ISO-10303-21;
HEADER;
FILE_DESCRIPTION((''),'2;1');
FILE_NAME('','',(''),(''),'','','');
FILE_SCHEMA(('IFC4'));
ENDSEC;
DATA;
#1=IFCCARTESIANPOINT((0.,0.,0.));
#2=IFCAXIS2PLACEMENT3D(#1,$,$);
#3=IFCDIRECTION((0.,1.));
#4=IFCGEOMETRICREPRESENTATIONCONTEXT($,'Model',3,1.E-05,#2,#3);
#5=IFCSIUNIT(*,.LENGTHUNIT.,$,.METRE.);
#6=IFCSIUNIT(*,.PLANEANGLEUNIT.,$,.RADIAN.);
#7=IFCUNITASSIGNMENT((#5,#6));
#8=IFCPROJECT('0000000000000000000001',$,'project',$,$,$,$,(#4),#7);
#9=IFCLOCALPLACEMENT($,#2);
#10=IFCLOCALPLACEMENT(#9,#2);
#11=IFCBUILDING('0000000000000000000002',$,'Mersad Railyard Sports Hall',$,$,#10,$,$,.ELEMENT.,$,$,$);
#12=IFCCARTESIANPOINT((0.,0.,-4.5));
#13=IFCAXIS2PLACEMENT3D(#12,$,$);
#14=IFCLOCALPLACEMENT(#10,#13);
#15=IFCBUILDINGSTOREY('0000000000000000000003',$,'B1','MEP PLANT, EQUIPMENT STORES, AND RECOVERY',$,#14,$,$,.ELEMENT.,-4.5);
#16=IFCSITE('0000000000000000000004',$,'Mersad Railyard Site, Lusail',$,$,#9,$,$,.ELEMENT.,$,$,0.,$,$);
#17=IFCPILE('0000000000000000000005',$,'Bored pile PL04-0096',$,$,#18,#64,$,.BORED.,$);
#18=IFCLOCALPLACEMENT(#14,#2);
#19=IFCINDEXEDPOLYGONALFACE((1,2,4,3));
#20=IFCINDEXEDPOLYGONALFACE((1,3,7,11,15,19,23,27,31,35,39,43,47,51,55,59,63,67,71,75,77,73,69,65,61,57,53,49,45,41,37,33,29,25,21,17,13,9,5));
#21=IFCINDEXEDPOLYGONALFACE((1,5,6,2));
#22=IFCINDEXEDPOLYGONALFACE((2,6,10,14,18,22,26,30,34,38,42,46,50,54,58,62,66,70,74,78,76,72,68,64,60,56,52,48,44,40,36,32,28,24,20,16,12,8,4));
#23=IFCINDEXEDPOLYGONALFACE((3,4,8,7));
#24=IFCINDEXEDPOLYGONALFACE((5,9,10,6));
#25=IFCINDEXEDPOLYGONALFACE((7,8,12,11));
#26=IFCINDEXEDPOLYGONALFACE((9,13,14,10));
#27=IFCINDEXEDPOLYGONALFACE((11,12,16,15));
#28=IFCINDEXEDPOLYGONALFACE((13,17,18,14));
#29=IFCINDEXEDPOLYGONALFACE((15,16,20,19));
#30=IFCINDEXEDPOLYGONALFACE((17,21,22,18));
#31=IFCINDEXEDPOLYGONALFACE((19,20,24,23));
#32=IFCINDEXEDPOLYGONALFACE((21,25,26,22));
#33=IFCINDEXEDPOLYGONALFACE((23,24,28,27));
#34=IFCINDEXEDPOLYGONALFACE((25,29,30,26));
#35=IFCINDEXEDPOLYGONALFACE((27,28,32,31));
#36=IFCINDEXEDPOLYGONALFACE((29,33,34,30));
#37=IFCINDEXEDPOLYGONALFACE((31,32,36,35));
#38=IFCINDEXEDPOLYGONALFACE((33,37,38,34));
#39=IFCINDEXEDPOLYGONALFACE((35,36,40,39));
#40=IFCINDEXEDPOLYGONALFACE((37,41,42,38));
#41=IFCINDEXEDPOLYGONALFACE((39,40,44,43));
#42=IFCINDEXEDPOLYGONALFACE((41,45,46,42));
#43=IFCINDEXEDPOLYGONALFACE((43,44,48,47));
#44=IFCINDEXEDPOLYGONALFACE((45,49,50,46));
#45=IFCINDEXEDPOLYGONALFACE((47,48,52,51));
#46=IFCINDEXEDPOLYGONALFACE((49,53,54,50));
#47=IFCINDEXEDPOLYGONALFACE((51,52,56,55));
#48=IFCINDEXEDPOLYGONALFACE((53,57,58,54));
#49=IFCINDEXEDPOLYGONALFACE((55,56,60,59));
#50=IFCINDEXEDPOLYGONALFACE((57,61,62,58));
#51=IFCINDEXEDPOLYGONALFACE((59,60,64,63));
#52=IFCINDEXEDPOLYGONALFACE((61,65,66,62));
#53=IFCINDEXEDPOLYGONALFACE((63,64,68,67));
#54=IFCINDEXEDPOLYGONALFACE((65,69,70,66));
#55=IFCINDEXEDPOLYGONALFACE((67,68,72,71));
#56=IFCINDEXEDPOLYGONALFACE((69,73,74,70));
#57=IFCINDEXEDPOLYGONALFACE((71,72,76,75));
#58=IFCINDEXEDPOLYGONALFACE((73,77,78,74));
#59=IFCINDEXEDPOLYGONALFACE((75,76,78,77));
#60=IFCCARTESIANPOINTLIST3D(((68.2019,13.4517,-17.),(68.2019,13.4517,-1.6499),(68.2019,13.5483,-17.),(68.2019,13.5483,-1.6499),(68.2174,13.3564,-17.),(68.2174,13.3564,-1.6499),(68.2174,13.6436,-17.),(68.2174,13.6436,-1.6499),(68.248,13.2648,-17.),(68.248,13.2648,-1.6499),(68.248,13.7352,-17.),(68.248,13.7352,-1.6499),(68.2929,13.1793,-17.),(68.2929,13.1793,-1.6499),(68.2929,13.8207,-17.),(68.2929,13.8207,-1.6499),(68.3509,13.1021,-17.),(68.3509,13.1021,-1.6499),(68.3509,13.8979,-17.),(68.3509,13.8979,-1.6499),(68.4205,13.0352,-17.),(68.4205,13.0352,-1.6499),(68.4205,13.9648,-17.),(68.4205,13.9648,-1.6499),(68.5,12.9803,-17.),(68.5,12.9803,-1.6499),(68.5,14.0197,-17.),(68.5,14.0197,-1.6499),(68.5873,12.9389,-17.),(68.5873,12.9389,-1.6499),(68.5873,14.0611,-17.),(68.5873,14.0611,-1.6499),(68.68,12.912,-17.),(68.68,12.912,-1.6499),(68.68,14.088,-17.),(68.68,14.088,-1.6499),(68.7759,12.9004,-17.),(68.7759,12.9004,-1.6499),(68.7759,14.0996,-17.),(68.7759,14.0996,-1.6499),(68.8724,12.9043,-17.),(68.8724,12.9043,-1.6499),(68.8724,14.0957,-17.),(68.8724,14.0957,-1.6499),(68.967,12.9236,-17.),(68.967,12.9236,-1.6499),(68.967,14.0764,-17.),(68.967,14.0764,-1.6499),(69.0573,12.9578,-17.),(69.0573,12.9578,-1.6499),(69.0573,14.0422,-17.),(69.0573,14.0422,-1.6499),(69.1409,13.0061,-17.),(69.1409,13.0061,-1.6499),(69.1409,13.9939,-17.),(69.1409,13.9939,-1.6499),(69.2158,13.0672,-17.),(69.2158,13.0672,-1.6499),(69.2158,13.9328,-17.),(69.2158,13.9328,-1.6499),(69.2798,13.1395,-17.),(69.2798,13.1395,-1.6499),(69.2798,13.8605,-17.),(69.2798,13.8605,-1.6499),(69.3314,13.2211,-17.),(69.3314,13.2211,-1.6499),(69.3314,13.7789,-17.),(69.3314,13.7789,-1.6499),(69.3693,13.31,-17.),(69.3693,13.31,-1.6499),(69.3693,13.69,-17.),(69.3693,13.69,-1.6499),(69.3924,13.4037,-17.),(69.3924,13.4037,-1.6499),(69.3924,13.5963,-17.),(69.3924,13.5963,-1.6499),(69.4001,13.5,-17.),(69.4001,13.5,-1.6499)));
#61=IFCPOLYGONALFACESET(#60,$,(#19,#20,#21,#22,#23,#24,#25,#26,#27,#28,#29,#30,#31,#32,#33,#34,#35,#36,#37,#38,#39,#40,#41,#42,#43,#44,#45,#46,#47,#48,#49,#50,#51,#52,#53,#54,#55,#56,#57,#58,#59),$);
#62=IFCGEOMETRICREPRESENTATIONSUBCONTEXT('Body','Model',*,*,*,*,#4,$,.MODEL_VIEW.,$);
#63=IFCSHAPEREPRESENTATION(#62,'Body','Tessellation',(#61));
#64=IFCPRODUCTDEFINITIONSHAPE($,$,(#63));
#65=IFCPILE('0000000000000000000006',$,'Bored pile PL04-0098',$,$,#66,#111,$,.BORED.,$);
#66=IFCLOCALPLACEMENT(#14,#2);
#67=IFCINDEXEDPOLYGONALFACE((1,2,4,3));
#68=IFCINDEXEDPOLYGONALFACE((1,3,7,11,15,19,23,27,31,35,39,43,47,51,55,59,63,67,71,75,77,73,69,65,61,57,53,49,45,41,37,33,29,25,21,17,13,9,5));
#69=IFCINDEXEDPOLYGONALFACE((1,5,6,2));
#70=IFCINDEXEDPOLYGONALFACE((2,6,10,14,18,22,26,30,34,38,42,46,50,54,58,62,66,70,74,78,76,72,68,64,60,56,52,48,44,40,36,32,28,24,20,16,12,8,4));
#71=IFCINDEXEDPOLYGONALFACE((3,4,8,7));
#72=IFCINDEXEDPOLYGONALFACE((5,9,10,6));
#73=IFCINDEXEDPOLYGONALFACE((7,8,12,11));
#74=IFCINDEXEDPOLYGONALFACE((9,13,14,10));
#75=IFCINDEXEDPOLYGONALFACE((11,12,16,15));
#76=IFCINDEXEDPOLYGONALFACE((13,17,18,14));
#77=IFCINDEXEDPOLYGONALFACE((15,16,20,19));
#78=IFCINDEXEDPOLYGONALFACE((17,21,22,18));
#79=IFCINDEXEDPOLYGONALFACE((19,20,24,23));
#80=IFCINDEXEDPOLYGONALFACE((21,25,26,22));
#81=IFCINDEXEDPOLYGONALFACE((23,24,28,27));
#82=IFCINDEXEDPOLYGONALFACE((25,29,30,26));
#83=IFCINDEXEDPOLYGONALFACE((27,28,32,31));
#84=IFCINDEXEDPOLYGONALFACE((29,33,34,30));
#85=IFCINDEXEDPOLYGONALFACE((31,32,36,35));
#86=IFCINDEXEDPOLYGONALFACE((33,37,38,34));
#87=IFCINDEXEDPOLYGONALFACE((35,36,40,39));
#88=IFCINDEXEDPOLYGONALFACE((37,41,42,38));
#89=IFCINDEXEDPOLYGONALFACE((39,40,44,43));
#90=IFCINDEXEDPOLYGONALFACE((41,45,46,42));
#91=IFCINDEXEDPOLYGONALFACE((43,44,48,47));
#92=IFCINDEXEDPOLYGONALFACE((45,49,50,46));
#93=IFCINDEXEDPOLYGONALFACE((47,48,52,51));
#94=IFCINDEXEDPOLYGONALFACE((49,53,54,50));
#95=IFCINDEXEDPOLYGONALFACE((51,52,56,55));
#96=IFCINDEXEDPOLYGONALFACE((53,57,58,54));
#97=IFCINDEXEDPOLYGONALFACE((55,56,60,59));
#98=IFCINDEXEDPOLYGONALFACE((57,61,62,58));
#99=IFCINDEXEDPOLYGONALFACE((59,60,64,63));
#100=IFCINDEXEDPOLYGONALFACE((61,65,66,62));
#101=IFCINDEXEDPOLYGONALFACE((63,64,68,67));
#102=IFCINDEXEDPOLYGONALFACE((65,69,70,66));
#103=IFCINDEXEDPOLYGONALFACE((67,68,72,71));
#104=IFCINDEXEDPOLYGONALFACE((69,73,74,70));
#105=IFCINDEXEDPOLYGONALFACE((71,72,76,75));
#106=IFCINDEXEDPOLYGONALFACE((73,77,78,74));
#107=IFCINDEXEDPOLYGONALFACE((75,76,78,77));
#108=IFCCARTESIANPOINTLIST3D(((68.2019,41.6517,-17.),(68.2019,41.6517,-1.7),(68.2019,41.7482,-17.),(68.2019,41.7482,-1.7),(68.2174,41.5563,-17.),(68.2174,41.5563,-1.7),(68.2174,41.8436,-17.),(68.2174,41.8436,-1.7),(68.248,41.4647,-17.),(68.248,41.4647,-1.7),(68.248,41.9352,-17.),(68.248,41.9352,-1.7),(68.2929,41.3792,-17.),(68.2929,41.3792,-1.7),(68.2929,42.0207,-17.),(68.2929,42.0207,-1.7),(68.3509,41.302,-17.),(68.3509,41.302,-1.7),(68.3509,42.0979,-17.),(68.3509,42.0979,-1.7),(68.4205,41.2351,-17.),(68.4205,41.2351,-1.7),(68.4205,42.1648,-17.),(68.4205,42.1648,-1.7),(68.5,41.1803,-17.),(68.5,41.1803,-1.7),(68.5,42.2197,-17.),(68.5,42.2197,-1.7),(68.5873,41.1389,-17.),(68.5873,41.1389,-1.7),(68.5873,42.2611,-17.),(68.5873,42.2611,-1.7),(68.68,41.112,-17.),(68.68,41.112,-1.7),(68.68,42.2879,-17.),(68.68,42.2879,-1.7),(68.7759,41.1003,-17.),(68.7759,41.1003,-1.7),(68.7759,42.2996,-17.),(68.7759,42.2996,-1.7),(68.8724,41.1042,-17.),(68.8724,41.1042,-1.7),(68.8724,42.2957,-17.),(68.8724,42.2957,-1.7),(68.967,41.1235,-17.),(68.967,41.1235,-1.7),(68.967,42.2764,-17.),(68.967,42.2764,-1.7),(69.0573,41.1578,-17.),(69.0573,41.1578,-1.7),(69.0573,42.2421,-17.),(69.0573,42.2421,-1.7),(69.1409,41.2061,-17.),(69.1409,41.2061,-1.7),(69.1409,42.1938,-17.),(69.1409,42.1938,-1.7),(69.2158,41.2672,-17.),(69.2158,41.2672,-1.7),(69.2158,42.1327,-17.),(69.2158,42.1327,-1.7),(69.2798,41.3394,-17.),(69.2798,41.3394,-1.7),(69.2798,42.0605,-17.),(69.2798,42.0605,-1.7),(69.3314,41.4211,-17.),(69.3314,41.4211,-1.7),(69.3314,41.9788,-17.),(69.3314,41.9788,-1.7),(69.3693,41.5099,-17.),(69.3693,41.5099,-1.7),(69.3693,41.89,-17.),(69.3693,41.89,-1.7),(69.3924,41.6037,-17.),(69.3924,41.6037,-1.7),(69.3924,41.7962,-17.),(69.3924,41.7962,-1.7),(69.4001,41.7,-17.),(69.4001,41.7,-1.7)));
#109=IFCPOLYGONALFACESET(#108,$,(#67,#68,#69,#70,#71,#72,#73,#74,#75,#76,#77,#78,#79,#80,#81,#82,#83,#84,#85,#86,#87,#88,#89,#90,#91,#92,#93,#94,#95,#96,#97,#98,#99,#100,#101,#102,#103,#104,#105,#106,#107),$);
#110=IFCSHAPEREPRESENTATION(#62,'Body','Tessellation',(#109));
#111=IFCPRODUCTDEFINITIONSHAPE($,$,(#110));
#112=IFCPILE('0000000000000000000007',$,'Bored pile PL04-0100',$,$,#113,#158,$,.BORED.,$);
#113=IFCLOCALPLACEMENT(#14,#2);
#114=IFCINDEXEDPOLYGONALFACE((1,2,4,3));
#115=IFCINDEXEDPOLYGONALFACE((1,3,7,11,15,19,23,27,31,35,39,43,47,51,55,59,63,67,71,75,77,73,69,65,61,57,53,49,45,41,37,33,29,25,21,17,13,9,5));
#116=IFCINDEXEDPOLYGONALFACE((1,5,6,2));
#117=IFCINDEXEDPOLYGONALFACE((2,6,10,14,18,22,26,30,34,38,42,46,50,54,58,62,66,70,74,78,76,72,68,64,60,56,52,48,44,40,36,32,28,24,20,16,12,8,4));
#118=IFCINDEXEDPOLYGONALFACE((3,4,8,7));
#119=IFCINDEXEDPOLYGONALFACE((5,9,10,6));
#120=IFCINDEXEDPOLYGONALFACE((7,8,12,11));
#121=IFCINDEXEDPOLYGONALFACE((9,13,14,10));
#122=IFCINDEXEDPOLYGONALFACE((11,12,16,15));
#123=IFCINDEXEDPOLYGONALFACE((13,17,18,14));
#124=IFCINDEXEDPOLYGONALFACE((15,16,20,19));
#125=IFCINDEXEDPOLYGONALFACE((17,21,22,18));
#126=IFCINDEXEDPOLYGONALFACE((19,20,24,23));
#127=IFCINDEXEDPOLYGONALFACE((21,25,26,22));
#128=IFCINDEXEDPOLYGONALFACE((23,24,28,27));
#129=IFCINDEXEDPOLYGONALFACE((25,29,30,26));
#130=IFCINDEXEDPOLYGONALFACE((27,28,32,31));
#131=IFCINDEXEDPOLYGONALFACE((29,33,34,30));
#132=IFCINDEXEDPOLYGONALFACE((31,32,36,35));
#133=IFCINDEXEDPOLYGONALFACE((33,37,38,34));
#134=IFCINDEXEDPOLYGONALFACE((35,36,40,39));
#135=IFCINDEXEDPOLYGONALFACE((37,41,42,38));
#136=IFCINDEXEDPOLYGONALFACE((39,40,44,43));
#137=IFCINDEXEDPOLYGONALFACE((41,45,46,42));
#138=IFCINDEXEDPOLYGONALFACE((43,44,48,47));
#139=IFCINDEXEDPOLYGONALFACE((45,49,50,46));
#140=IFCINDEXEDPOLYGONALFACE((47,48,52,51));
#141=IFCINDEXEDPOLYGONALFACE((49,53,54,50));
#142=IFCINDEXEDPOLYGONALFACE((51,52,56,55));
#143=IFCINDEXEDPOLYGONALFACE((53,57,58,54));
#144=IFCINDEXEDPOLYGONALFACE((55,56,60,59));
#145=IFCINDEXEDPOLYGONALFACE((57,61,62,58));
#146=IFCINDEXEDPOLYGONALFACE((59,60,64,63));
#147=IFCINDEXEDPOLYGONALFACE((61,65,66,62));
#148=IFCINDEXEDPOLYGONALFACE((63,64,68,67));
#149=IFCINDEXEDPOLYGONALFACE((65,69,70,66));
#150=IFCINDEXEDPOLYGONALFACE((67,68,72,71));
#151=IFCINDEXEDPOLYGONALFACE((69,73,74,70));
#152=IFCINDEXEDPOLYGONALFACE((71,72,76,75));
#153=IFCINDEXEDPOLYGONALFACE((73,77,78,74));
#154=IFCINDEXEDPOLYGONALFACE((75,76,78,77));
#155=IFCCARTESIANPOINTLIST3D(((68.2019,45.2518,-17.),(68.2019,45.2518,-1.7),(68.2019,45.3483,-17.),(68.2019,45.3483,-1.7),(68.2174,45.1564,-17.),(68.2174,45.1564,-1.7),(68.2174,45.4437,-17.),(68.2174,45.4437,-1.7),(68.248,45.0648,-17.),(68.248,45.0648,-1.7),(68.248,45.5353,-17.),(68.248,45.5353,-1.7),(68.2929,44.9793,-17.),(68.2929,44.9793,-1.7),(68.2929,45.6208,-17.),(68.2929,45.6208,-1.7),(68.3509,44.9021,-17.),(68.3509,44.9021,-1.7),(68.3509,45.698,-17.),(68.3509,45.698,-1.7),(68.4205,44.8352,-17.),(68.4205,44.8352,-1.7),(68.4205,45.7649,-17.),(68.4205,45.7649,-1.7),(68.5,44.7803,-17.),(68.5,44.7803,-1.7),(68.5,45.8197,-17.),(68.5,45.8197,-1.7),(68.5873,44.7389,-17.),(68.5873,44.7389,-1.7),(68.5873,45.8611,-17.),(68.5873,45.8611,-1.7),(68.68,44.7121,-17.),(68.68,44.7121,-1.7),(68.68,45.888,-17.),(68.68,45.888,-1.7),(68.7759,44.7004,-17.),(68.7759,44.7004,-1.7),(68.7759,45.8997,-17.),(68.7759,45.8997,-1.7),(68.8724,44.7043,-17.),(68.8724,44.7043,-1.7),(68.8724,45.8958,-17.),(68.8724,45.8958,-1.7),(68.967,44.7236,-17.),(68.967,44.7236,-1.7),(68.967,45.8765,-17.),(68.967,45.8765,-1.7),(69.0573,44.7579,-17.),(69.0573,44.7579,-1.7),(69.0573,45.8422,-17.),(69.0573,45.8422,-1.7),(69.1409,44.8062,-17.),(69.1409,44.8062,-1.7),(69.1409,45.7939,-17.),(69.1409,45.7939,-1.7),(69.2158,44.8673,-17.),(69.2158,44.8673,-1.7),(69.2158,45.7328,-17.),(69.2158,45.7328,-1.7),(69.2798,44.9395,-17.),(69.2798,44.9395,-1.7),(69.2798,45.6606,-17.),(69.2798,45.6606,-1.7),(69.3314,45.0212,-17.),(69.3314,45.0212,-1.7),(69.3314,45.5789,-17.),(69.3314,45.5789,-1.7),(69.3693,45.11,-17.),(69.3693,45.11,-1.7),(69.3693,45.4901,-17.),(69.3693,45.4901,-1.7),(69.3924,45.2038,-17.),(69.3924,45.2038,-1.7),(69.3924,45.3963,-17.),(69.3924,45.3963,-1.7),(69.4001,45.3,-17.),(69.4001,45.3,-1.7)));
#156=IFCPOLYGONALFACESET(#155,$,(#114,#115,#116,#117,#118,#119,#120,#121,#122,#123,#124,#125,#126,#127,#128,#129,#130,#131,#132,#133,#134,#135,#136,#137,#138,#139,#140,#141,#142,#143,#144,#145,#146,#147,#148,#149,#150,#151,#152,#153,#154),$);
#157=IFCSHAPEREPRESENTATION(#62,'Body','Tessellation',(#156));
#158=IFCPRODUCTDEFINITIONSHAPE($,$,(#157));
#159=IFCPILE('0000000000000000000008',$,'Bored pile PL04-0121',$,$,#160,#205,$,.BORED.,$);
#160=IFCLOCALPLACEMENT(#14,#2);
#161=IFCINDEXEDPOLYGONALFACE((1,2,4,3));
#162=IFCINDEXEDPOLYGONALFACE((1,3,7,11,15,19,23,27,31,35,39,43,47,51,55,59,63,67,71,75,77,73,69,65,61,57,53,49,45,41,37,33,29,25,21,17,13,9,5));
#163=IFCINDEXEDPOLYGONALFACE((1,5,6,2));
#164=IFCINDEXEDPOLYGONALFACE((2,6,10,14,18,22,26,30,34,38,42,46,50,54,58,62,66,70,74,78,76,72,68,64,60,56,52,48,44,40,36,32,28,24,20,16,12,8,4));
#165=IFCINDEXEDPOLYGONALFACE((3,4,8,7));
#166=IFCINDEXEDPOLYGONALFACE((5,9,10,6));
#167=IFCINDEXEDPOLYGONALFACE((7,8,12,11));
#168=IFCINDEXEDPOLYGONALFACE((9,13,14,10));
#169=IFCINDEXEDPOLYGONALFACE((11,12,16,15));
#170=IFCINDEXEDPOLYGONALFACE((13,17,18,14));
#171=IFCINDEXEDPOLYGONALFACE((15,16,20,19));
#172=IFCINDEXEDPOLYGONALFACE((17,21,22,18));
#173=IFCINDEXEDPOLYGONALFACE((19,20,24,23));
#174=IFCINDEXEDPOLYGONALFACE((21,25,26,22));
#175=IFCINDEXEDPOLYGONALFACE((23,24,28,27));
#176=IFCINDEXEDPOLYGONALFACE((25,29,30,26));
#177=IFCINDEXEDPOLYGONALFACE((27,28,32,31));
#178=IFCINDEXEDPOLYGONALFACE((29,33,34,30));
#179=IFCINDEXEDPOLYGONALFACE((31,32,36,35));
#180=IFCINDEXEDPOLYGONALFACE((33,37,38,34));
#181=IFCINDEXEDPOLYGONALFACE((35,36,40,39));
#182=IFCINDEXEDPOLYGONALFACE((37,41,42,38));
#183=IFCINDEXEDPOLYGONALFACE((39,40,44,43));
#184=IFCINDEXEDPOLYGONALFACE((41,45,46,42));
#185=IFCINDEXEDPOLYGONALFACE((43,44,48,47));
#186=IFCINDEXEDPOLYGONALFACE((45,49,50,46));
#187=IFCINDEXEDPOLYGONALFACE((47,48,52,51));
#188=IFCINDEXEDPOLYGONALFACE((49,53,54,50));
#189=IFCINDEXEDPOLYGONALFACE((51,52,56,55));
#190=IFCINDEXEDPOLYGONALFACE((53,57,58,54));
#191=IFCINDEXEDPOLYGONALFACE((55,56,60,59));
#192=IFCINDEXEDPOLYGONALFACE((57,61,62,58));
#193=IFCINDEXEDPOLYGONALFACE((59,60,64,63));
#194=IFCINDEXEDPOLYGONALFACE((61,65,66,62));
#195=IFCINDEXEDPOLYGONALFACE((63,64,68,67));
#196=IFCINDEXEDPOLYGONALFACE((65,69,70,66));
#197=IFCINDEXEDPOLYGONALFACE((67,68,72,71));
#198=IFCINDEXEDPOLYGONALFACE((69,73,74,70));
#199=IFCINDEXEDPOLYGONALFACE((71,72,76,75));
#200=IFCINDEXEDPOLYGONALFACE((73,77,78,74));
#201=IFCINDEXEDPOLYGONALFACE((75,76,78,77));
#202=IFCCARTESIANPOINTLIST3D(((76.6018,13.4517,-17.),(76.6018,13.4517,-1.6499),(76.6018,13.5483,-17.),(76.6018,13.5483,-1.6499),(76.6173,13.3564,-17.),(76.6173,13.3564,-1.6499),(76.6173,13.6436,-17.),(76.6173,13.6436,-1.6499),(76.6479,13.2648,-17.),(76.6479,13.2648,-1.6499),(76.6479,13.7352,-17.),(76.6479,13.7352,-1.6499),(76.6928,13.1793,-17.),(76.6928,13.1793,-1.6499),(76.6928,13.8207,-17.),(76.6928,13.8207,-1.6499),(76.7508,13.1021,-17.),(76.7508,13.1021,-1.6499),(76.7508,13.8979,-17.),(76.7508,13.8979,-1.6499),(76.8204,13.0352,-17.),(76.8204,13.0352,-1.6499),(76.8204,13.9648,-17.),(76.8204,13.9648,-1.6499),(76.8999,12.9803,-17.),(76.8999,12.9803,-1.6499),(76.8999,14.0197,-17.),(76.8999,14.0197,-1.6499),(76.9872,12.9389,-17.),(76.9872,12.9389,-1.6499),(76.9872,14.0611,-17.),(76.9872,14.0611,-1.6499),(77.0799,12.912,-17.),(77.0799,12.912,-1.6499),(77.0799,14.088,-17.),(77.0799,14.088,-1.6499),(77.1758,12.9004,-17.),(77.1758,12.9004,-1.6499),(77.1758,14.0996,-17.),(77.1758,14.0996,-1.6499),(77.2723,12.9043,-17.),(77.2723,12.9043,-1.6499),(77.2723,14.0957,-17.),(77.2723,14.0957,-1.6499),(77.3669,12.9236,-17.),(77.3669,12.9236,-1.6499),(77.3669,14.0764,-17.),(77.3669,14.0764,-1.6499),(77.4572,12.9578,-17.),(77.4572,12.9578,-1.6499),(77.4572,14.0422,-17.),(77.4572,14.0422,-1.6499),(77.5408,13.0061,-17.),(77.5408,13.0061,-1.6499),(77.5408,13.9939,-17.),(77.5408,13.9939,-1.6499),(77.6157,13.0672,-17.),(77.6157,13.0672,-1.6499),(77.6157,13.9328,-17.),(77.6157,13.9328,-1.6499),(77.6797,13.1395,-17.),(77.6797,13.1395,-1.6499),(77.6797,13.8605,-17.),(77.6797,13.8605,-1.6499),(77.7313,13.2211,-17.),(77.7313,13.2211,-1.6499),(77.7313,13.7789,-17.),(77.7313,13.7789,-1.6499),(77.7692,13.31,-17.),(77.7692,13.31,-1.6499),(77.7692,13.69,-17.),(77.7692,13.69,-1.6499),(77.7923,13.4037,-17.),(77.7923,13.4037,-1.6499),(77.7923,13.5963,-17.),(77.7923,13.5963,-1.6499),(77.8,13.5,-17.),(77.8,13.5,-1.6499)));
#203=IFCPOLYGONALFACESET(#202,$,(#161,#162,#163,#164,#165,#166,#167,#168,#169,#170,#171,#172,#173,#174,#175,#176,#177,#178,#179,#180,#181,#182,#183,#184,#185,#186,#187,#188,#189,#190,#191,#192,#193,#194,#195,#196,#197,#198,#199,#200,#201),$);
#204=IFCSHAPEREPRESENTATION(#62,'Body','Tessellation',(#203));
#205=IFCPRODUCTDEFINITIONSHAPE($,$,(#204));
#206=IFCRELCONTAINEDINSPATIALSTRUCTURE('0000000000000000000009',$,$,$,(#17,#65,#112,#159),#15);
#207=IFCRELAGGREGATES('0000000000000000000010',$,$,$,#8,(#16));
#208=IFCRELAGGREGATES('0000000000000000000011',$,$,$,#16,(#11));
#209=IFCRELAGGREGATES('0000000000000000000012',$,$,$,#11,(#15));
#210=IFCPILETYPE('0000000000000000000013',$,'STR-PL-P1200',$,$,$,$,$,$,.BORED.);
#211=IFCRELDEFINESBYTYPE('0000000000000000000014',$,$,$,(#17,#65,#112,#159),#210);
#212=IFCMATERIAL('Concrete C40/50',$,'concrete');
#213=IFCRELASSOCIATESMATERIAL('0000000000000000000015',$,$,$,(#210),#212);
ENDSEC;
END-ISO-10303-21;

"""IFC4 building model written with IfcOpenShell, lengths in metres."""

from ifc_helpers import new_model, si_unit, direction, frame, origin, origin_2d, place, context, subcontext, project, spatial, circle, extrude, material, material_profile, profile_set, type_object, element, save


model = new_model("IFC4")

# Units and contexts
model_context = context("Model", 3, precision=1e-05, world=origin(), true_north=direction((0.0, 1.0)))
body_context = subcontext(model_context, "Body", "Model", "MODEL_VIEW")
ifc_project = project(units=[si_unit("LENGTHUNIT", "METRE"), si_unit("PLANEANGLEUNIT", "RADIAN")], contexts=[model_context])

# Site, building, storey
site_placement = place(None, origin())
site = spatial("IfcSite", under=ifc_project, at=site_placement, Name="Mersad Railyard Site, Lusail", CompositionType="ELEMENT", RefElevation=0.0)
building_placement = place(site_placement, origin())
building = spatial("IfcBuilding", under=site, at=building_placement, Name="Mersad Railyard Sports Hall", CompositionType="ELEMENT")
storey_placement = place(building_placement, frame((0.0, 0.0, -4.5)))
storey = spatial("IfcBuildingStorey", under=building, at=storey_placement, Name="B1", Description="MEP PLANT, EQUIPMENT STORES, AND RECOVERY", CompositionType="ELEMENT", Elevation=-4.5)

# Shared definitions
ifc_material_1 = material(Name="Concrete C40/50", Category="concrete")

# Piles
ifc_material_profile_1 = material_profile(ifc_material_1, circle(Radius=0.6001, at=origin_2d()), Name="BORED PILE D1200")
ifc_profile_set_1 = profile_set([ifc_material_profile_1], Name="Concrete C40/50")
pile_type_1 = type_object("IfcPileType", Name="STR-PL-P1200", PredefinedType="BORED", material=ifc_profile_set_1)
pile_1_placement = place(storey_placement, frame((68.8, 13.5, -1.6499), z_axis=(0.0, 0.0, -1.0), x_axis=(1.0, 0.0, 0.0)))
element("IfcPile", 1, at=pile_1_placement, inside=storey, type_object=pile_type_1, Name="Bored pile PL04-0096", PredefinedType="BORED", context=body_context, shape_type="SweptSolid", body=[
    extrude(circle(Radius=0.6001, at=origin_2d()), origin(), (0.0, 0.0, 1.0), 15.3501),
])
for number, where, z_axis, x_axis, name in (
    (2, (68.8, 41.7, -1.7), (0.0, 0.0, -1.0), (1.0, 0.0, 0.0), "Bored pile PL04-0098"),
    (3, (68.8, 45.3, -1.7), (0.0, 0.0, -1.0), (1.0, 0.0, 0.0), "Bored pile PL04-0100"),
):
    element("IfcPile", number, at=place(storey_placement, frame(where, z_axis=z_axis, x_axis=x_axis)), inside=storey, type_object=pile_type_1, Name=name, PredefinedType="BORED", context=body_context, shape_type="SweptSolid", body=[
        extrude(circle(Radius=0.6001, at=origin_2d()), origin(), (0.0, 0.0, 1.0), 15.3),
    ])
for number, where, z_axis, x_axis, name in (
    (4, (77.2, 13.5, -1.6499), (0.0, 0.0, -1.0), (1.0, 0.0, 0.0), "Bored pile PL04-0121"),
):
    element("IfcPile", number, at=place(storey_placement, frame(where, z_axis=z_axis, x_axis=x_axis)), inside=storey, type_object=pile_type_1, Name=name, PredefinedType="BORED", context=body_context, shape_type="SweptSolid", body=[
        extrude(circle(Radius=0.6001, at=origin_2d()), origin(), (0.0, 0.0, 1.0), 15.3501),
    ])

save(model, "model.ifc")
